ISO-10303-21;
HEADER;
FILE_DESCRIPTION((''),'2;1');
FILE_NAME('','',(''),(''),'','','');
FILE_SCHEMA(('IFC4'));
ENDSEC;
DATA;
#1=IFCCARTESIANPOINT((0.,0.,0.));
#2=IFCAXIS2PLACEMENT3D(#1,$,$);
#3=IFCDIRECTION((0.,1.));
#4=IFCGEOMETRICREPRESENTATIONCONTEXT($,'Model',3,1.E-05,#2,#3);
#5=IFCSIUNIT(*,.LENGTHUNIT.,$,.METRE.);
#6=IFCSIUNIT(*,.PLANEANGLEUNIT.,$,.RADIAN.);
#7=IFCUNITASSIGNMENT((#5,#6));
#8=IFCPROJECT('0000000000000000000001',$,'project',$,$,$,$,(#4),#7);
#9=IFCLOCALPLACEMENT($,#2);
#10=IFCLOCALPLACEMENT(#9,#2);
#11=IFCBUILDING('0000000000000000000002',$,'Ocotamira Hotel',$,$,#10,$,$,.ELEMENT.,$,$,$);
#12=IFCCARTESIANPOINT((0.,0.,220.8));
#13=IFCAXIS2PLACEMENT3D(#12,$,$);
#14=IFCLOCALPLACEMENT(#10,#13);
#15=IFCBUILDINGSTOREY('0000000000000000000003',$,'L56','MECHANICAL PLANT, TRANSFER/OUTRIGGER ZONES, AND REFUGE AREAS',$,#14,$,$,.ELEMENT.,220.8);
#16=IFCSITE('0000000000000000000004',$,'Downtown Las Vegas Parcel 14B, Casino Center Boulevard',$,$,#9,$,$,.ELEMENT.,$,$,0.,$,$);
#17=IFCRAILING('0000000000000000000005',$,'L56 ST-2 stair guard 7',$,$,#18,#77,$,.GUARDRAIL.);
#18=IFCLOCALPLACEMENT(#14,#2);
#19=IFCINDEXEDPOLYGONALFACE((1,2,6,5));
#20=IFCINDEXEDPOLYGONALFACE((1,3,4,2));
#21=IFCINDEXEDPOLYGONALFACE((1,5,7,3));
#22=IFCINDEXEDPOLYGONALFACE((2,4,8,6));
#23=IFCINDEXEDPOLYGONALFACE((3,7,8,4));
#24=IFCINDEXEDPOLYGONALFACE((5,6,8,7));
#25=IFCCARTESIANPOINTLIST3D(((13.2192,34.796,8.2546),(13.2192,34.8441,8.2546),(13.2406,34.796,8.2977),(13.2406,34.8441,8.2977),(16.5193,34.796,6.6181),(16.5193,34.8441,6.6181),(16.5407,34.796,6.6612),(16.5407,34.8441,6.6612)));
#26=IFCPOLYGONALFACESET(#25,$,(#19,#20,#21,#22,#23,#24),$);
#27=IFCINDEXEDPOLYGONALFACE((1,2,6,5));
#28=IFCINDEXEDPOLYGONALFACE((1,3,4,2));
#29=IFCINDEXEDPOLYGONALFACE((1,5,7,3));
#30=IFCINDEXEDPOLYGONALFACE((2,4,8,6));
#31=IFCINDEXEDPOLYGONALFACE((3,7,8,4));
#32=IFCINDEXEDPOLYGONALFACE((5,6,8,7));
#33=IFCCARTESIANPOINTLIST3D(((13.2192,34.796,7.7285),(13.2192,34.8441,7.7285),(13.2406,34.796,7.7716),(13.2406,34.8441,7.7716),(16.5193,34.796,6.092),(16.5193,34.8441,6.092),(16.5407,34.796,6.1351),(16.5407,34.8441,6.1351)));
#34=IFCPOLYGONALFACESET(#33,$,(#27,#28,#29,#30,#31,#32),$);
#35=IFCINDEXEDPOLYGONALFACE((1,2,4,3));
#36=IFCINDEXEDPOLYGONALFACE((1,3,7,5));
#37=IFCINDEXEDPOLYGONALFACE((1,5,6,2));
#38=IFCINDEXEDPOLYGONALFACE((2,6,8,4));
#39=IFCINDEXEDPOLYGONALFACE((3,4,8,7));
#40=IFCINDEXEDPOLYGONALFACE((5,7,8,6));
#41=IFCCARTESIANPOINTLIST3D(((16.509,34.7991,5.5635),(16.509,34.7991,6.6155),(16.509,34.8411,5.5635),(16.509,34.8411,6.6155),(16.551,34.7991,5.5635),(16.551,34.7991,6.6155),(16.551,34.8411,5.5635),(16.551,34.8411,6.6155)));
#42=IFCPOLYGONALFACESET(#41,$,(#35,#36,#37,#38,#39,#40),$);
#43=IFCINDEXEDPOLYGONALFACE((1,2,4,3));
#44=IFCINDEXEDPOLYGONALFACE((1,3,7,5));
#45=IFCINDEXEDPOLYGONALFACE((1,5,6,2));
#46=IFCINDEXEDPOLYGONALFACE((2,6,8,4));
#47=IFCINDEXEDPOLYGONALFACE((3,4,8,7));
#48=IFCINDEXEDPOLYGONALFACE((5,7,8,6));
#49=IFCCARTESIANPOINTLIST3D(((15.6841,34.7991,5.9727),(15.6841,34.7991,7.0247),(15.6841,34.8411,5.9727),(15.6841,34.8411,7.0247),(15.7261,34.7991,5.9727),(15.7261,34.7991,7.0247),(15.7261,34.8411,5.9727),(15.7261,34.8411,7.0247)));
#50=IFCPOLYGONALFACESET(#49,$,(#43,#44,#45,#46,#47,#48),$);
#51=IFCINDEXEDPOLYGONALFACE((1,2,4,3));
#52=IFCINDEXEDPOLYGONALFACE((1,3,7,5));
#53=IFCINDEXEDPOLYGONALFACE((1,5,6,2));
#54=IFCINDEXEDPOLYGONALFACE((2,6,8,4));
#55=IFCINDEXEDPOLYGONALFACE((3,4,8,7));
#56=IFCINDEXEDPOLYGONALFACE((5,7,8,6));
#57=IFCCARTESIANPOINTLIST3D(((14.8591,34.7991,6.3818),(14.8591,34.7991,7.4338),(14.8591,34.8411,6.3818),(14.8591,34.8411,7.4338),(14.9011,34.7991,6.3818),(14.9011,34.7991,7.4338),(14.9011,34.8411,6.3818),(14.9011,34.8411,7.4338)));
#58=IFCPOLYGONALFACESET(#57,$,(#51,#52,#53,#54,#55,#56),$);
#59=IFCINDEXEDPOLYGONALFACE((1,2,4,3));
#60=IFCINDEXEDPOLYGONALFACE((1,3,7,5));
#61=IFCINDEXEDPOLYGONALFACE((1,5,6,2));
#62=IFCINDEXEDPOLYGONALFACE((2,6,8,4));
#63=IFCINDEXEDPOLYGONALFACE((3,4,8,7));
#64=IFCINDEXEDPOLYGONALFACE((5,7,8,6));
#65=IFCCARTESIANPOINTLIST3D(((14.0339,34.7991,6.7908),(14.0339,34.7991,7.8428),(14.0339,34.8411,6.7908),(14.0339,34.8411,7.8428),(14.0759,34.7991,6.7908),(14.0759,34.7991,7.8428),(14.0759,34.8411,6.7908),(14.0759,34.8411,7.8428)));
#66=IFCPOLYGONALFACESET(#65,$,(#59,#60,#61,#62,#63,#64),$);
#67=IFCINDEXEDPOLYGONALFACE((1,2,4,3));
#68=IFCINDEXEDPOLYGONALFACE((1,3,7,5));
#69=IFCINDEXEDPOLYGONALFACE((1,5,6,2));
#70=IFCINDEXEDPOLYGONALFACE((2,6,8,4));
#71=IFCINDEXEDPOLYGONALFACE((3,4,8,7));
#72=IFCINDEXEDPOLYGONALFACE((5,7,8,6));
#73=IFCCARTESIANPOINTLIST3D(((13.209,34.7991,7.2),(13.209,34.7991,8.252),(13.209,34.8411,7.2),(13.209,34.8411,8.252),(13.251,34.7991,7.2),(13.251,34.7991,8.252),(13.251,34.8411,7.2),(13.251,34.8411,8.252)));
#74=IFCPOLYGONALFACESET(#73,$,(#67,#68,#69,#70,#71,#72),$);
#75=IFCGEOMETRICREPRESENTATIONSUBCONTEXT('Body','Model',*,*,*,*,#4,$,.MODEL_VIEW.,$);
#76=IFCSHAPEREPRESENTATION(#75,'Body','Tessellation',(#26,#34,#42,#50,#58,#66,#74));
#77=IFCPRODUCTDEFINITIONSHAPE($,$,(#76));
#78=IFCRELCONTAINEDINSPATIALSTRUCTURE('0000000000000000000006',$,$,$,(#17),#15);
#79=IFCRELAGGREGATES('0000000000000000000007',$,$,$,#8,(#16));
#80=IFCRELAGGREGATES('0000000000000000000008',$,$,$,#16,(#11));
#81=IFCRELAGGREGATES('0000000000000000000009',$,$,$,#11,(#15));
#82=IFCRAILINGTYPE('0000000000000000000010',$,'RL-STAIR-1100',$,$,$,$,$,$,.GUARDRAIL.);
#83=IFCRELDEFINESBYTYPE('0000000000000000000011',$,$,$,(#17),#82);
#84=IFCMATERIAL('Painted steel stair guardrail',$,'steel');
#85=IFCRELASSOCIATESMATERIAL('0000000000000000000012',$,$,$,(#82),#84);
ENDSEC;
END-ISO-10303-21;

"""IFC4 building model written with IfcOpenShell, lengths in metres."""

from ifc_helpers import new_model, si_unit, direction, frame, origin, origin_2d, place, context, subcontext, project, spatial, rectangle, extrude, material, type_object, element, save


model = new_model("IFC4")

# Units and contexts
model_context = context("Model", 3, precision=1e-05, world=origin(), true_north=direction((0.0, 1.0)))
body_context = subcontext(model_context, "Body", "Model", "MODEL_VIEW")
ifc_project = project(units=[si_unit("LENGTHUNIT", "METRE"), si_unit("PLANEANGLEUNIT", "RADIAN")], contexts=[model_context])

# Site, building, storey
site_placement = place(None, origin())
site = spatial("IfcSite", under=ifc_project, at=site_placement, Name="Downtown Las Vegas Parcel 14B, Casino Center Boulevard", CompositionType="ELEMENT", RefElevation=0.0)
building_placement = place(site_placement, origin())
building = spatial("IfcBuilding", under=site, at=building_placement, Name="Ocotamira Hotel", CompositionType="ELEMENT")
storey_placement = place(building_placement, frame((0.0, 0.0, 220.8)))
storey = spatial("IfcBuildingStorey", under=building, at=storey_placement, Name="L56", Description="MECHANICAL PLANT, TRANSFER/OUTRIGGER ZONES, AND REFUGE AREAS", CompositionType="ELEMENT", Elevation=220.8)

# Railing
ifc_material_1 = material(Name="Painted steel stair guardrail", Category="steel")
railing_type_1 = type_object("IfcRailingType", Name="RL-STAIR-1100", PredefinedType="GUARDRAIL", material=ifc_material_1)
railing_1_placement = place(storey_placement, frame((16.53, 34.8201, 5.5635)))
element("IfcRailing", 1, at=railing_1_placement, inside=storey, type_object=railing_type_1, Name="L56 ST-2 stair guard 7", PredefinedType="GUARDRAIL", context=body_context, shape_type="SweptSolid", body=[
    extrude(rectangle(XDim=0.0481, YDim=0.0481, at=origin_2d()), frame((0.0, 0.0, 1.0762), z_axis=(-0.895894, 0.0, 0.444268), x_axis=(0.0, -1.0, 0.0)), (0.0, 0.0, 1.0), 3.6836),
    extrude(rectangle(XDim=0.0481, YDim=0.0481, at=origin_2d()), frame((0.0, 0.0, 0.55), z_axis=(-0.895894, 0.0, 0.444268), x_axis=(0.0, -1.0, 0.0)), (0.0, 0.0, 1.0), 3.6836),
    extrude(rectangle(XDim=0.042, YDim=0.042, at=origin_2d()), origin(), (0.0, 0.0, 1.0), 1.052),
    extrude(rectangle(XDim=0.042, YDim=0.042, at=origin_2d()), frame((-0.825, 0.0, 0.4092)), (0.0, 0.0, 1.0), 1.052),
    extrude(rectangle(XDim=0.042, YDim=0.042, at=origin_2d()), frame((-1.6499, 0.0, 0.8184)), (0.0, 0.0, 1.0), 1.052),
    extrude(rectangle(XDim=0.042, YDim=0.042, at=origin_2d()), frame((-2.4751, 0.0, 1.2273)), (0.0, 0.0, 1.0), 1.052),
    extrude(rectangle(XDim=0.042, YDim=0.042, at=origin_2d()), frame((-3.3, 0.0, 1.6365)), (0.0, 0.0, 1.0), 1.052),
])

save(model, "model.ifc")
